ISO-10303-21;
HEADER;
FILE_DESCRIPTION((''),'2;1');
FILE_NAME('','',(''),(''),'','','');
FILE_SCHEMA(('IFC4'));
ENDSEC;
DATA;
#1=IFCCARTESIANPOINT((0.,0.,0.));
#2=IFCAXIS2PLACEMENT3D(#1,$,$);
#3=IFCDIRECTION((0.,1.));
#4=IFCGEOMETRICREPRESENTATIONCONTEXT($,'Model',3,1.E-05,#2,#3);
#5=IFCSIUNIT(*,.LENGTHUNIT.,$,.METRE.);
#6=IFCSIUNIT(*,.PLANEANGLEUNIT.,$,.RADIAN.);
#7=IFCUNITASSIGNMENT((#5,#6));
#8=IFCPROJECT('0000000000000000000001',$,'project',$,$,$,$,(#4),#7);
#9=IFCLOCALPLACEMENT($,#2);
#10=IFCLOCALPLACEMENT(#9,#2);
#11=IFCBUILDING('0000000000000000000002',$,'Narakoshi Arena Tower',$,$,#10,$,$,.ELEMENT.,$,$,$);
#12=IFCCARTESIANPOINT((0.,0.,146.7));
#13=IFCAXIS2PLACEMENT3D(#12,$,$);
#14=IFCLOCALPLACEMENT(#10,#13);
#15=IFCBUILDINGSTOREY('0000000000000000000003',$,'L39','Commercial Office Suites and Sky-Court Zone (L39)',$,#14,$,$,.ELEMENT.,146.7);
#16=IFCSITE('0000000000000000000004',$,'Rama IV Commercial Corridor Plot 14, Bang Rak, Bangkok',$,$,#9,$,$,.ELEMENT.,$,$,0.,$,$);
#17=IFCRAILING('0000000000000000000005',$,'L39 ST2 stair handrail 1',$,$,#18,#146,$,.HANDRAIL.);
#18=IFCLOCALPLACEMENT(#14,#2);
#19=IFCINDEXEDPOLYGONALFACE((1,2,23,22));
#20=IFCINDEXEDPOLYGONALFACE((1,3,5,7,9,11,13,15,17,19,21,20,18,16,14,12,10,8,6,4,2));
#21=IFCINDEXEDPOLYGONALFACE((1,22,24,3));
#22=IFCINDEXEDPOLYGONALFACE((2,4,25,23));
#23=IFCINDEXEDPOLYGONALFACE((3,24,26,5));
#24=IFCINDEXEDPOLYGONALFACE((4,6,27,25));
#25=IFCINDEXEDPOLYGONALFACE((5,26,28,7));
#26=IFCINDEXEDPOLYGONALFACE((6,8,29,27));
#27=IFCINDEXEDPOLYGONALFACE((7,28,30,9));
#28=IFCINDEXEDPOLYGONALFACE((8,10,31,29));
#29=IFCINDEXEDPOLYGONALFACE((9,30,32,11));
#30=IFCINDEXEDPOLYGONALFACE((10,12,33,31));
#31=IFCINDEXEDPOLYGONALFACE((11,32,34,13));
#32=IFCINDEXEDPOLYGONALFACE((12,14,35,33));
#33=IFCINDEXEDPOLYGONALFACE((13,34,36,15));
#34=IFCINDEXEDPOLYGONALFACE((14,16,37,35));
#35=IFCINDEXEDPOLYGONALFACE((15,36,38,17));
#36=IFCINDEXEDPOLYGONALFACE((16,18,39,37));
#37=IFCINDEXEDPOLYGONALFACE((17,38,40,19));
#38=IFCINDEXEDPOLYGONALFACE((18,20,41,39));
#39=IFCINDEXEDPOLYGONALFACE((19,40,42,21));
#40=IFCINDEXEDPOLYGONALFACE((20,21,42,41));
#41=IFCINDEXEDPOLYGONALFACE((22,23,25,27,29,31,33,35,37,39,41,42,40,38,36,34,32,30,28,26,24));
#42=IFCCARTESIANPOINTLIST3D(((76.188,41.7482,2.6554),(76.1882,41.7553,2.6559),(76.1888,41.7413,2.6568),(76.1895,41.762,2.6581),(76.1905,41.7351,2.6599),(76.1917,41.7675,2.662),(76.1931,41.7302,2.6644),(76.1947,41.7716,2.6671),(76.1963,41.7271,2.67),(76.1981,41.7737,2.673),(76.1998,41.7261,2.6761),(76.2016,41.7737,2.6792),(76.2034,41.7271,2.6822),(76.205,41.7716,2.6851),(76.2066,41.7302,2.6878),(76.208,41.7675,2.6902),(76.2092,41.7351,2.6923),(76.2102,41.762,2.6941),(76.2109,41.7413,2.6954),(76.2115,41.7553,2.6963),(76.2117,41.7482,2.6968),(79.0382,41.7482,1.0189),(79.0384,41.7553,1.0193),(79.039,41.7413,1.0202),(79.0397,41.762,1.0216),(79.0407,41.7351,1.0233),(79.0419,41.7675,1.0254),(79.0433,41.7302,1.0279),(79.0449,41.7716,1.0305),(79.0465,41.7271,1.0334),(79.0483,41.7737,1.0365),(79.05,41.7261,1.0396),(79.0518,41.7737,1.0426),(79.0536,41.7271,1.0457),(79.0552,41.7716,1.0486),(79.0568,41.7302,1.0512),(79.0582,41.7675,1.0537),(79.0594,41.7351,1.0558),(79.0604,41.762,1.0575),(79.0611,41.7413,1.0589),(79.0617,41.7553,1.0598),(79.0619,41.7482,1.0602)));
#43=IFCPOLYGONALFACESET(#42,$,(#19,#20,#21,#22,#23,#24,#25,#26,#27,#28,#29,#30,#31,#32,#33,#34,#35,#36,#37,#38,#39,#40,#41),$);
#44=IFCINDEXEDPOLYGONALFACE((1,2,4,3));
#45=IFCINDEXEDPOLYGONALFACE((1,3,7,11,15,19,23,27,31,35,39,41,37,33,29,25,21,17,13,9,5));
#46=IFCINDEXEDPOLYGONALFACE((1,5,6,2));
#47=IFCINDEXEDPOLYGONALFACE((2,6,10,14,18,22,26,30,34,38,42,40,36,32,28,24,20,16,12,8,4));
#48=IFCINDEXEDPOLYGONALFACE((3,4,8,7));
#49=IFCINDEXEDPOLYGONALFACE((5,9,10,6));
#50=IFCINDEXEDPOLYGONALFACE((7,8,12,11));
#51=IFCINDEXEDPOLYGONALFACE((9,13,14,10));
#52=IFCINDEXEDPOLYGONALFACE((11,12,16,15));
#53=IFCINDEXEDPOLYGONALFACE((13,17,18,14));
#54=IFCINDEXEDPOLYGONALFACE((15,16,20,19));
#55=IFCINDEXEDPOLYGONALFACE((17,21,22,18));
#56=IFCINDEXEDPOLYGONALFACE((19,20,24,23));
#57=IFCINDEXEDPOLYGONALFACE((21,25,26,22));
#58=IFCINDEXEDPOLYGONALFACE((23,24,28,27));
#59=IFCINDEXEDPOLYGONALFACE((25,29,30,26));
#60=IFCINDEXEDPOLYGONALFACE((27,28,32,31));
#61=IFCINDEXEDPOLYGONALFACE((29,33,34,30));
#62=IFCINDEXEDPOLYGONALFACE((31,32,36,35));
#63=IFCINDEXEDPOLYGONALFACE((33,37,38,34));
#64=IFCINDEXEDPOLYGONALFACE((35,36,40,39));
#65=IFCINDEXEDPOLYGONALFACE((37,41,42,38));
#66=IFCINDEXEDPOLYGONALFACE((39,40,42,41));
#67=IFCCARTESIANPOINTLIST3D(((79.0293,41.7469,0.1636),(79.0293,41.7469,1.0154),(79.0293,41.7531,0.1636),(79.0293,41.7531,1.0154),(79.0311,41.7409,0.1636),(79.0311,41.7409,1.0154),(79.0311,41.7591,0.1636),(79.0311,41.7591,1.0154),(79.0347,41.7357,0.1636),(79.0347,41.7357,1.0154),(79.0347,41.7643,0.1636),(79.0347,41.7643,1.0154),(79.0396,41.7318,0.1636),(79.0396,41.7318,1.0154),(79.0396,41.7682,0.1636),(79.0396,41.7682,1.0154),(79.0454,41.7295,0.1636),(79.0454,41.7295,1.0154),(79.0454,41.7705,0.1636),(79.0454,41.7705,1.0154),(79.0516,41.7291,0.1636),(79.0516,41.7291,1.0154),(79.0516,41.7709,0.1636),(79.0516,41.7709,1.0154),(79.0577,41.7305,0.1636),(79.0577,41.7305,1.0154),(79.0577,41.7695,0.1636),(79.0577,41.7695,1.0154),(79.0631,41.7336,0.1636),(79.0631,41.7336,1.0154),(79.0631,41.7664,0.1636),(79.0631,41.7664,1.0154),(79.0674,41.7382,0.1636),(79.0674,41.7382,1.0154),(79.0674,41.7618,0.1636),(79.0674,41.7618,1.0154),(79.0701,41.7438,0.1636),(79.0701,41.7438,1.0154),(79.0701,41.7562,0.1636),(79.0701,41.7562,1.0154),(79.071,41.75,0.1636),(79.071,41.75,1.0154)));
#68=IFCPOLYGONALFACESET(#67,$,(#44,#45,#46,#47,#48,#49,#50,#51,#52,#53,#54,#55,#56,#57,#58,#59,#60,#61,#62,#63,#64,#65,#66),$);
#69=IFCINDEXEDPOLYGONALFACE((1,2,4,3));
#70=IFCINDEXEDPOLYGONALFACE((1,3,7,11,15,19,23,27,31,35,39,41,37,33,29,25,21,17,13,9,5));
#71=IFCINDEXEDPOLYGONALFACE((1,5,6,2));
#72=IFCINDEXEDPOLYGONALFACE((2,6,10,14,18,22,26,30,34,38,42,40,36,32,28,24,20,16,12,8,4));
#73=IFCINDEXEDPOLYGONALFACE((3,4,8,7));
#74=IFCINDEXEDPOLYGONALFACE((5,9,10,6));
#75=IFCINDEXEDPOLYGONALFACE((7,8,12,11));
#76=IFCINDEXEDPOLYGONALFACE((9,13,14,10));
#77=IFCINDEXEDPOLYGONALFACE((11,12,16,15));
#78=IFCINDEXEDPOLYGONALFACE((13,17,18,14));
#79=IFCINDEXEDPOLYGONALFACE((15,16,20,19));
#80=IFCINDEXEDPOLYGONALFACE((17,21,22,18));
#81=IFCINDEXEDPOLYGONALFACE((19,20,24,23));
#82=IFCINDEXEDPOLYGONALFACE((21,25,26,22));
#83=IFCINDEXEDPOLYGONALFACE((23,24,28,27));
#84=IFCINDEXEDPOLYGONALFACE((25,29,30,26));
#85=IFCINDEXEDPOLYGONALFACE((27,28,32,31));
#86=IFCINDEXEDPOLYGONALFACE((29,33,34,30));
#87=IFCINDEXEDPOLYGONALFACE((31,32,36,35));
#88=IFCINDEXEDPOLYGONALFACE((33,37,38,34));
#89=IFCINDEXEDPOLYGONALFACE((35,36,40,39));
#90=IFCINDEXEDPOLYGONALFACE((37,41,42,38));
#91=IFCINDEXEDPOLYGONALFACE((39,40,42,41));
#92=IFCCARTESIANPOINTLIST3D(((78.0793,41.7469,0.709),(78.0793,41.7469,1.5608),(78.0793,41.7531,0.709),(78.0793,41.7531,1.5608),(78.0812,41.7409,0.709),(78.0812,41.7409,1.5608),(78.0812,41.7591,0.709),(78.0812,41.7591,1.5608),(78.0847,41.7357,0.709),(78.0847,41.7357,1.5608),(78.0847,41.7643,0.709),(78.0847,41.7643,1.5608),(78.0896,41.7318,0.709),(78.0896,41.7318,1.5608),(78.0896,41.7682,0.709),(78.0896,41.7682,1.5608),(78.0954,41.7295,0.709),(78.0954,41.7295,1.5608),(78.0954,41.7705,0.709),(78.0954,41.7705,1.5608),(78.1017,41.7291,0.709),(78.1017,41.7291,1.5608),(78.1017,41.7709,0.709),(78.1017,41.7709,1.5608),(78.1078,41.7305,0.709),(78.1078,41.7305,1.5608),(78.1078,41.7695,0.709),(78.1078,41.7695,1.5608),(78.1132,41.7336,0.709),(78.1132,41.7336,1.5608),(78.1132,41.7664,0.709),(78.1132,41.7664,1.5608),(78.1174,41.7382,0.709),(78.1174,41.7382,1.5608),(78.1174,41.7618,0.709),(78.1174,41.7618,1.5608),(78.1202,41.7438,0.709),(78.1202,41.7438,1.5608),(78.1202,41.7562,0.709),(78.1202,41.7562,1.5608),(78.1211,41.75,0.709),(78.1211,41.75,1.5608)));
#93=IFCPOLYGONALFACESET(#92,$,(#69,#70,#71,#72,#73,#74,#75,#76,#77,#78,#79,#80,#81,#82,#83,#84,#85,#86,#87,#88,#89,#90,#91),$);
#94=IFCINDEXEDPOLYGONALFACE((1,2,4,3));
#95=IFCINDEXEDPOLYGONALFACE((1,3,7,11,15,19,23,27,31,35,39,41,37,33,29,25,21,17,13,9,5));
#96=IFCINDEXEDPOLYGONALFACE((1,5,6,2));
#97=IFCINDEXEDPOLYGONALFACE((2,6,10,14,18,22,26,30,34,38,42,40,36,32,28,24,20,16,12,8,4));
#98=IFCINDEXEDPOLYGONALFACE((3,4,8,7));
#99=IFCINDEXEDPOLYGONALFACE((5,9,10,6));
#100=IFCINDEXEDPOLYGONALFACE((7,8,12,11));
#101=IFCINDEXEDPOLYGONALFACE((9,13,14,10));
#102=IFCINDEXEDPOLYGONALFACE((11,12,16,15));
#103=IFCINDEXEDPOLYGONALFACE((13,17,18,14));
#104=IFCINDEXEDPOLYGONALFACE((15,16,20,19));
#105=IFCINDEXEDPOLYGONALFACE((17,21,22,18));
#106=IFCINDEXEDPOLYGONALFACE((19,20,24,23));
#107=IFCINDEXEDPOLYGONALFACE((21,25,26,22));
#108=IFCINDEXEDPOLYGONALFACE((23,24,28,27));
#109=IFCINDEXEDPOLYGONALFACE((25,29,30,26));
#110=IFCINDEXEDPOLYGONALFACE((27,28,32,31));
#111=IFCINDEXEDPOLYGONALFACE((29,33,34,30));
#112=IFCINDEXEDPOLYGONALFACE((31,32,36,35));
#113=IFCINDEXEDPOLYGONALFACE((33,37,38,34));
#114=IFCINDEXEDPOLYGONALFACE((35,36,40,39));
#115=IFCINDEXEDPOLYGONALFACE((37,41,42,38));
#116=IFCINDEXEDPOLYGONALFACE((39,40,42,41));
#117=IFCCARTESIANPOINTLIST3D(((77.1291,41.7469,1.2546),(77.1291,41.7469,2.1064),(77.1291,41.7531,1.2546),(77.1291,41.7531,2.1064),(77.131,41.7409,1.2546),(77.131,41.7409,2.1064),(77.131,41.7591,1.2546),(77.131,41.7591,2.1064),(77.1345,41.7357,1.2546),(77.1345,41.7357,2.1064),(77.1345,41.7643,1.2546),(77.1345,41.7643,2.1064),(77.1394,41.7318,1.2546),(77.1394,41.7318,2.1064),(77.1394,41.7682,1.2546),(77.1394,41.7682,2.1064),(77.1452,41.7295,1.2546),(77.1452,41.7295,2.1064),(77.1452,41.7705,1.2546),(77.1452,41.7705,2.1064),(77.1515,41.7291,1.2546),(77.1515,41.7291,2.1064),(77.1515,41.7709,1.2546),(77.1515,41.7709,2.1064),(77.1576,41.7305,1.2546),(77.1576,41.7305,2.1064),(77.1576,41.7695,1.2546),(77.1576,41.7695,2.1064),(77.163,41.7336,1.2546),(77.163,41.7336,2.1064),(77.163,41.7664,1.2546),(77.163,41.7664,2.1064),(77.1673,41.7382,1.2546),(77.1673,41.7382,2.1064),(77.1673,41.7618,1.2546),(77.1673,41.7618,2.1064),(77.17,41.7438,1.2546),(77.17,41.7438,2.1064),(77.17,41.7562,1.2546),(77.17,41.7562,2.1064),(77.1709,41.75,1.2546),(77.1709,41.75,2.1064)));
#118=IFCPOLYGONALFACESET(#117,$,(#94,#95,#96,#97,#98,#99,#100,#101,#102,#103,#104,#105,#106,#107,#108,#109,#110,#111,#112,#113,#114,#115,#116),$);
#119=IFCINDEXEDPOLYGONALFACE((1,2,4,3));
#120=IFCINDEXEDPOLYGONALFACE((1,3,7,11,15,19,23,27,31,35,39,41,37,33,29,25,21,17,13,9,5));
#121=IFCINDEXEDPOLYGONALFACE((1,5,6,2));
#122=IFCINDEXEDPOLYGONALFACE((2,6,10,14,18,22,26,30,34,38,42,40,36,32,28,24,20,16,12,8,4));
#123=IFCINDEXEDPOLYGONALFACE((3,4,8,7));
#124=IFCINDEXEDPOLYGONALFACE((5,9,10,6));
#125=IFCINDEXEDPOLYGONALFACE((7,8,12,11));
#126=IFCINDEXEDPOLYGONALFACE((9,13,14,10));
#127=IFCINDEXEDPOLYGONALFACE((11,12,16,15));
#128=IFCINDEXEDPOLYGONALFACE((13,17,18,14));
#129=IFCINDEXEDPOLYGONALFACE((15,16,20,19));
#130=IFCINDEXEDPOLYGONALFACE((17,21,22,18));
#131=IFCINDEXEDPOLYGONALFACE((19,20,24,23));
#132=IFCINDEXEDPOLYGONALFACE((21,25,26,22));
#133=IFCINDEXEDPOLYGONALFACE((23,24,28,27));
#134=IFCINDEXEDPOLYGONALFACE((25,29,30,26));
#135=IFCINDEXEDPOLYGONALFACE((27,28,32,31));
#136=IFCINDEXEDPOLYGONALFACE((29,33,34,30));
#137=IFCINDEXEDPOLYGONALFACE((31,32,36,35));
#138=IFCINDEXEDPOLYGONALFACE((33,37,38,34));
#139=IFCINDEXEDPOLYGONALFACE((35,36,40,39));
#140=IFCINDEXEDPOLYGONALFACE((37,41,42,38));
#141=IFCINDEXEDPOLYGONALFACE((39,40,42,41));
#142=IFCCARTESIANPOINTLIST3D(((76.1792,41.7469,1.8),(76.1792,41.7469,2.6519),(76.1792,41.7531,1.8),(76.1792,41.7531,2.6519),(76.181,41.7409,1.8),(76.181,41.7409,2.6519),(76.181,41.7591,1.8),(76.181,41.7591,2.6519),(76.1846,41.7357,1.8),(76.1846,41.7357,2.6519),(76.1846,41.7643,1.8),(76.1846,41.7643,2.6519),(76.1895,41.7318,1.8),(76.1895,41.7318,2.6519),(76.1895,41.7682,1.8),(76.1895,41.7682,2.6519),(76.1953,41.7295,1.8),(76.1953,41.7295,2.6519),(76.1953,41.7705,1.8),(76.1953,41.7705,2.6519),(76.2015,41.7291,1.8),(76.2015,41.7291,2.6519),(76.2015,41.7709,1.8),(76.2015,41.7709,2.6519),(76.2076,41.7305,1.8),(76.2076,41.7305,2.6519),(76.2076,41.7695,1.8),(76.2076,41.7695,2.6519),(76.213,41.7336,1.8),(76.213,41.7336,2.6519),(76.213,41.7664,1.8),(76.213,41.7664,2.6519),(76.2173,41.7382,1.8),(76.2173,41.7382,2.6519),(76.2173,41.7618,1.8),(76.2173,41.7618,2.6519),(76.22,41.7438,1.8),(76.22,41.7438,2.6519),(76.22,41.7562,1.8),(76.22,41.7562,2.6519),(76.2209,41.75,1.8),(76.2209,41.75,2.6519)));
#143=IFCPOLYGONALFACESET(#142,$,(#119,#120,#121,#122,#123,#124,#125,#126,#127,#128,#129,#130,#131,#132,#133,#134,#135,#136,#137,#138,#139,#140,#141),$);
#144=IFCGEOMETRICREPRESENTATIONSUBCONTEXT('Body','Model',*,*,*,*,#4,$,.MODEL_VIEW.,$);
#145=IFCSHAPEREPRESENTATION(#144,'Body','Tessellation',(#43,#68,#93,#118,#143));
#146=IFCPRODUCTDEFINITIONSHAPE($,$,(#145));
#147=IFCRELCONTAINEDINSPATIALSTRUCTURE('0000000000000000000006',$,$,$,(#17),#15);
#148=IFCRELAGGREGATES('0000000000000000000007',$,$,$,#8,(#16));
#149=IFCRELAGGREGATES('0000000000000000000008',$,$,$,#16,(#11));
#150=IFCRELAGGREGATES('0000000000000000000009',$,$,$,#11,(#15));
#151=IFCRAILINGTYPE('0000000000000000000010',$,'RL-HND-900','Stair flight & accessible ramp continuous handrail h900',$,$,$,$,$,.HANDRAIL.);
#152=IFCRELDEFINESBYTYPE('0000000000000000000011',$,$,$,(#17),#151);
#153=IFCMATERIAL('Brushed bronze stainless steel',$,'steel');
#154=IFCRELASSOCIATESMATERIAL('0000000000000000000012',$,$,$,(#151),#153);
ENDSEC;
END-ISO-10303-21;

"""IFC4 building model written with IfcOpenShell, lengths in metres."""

from ifc_helpers import new_model, si_unit, direction, frame, origin, origin_2d, place, context, subcontext, project, spatial, circle, extrude, material, type_object, element, save


model = new_model("IFC4")

# Units and contexts
model_context = context("Model", 3, precision=1e-05, world=origin(), true_north=direction((0.0, 1.0)))
body_context = subcontext(model_context, "Body", "Model", "MODEL_VIEW")
ifc_project = project(units=[si_unit("LENGTHUNIT", "METRE"), si_unit("PLANEANGLEUNIT", "RADIAN")], contexts=[model_context])

# Site, building, storey
site_placement = place(None, origin())
site = spatial("IfcSite", under=ifc_project, at=site_placement, Name="Rama IV Commercial Corridor Plot 14, Bang Rak, Bangkok", CompositionType="ELEMENT", RefElevation=0.0)
building_placement = place(site_placement, origin())
building = spatial("IfcBuilding", under=site, at=building_placement, Name="Narakoshi Arena Tower", CompositionType="ELEMENT")
storey_placement = place(building_placement, frame((0.0, 0.0, 146.7)))
storey = spatial("IfcBuildingStorey", under=building, at=storey_placement, Name="L39", Description="Commercial Office Suites and Sky-Court Zone (L39)", CompositionType="ELEMENT", Elevation=146.7)

# Railing
ifc_material_1 = material(Name="Brushed bronze stainless steel", Category="steel")
railing_type_1 = type_object("IfcRailingType", Name="RL-HND-900", Description="Stair flight & accessible ramp continuous handrail h900", PredefinedType="HANDRAIL", material=ifc_material_1)
for number, where, name in (
    (1, (79.05, 41.75, 0.1636), "L39 ST2 stair handrail 1"),
):
    element("IfcRailing", number, at=place(storey_placement, frame(where)), inside=storey, type_object=railing_type_1, Name=name, PredefinedType="HANDRAIL", context=body_context, shape_type="SweptSolid", body=[
        extrude(circle(Radius=0.0239, at=origin_2d()), frame((0.0, 0.0, 0.876), z_axis=(-0.867213, 0.0, 0.497938), x_axis=(0.0, -1.0, 0.0)), (0.0, 0.0, 1.0), 3.2866),
        extrude(circle(Radius=0.021, at=origin_2d()), origin(), (0.0, 0.0, 1.0), 0.8518),
        extrude(circle(Radius=0.021, at=origin_2d()), frame((-0.95, 0.0, 0.5454)), (0.0, 0.0, 1.0), 0.8518),
        extrude(circle(Radius=0.021, at=origin_2d()), frame((-1.9001, 0.0, 1.0911)), (0.0, 0.0, 1.0), 0.8518),
        extrude(circle(Radius=0.021, at=origin_2d()), frame((-2.8501, 0.0, 1.6365)), (0.0, 0.0, 1.0), 0.8518),
    ])

save(model, "model.ifc")
